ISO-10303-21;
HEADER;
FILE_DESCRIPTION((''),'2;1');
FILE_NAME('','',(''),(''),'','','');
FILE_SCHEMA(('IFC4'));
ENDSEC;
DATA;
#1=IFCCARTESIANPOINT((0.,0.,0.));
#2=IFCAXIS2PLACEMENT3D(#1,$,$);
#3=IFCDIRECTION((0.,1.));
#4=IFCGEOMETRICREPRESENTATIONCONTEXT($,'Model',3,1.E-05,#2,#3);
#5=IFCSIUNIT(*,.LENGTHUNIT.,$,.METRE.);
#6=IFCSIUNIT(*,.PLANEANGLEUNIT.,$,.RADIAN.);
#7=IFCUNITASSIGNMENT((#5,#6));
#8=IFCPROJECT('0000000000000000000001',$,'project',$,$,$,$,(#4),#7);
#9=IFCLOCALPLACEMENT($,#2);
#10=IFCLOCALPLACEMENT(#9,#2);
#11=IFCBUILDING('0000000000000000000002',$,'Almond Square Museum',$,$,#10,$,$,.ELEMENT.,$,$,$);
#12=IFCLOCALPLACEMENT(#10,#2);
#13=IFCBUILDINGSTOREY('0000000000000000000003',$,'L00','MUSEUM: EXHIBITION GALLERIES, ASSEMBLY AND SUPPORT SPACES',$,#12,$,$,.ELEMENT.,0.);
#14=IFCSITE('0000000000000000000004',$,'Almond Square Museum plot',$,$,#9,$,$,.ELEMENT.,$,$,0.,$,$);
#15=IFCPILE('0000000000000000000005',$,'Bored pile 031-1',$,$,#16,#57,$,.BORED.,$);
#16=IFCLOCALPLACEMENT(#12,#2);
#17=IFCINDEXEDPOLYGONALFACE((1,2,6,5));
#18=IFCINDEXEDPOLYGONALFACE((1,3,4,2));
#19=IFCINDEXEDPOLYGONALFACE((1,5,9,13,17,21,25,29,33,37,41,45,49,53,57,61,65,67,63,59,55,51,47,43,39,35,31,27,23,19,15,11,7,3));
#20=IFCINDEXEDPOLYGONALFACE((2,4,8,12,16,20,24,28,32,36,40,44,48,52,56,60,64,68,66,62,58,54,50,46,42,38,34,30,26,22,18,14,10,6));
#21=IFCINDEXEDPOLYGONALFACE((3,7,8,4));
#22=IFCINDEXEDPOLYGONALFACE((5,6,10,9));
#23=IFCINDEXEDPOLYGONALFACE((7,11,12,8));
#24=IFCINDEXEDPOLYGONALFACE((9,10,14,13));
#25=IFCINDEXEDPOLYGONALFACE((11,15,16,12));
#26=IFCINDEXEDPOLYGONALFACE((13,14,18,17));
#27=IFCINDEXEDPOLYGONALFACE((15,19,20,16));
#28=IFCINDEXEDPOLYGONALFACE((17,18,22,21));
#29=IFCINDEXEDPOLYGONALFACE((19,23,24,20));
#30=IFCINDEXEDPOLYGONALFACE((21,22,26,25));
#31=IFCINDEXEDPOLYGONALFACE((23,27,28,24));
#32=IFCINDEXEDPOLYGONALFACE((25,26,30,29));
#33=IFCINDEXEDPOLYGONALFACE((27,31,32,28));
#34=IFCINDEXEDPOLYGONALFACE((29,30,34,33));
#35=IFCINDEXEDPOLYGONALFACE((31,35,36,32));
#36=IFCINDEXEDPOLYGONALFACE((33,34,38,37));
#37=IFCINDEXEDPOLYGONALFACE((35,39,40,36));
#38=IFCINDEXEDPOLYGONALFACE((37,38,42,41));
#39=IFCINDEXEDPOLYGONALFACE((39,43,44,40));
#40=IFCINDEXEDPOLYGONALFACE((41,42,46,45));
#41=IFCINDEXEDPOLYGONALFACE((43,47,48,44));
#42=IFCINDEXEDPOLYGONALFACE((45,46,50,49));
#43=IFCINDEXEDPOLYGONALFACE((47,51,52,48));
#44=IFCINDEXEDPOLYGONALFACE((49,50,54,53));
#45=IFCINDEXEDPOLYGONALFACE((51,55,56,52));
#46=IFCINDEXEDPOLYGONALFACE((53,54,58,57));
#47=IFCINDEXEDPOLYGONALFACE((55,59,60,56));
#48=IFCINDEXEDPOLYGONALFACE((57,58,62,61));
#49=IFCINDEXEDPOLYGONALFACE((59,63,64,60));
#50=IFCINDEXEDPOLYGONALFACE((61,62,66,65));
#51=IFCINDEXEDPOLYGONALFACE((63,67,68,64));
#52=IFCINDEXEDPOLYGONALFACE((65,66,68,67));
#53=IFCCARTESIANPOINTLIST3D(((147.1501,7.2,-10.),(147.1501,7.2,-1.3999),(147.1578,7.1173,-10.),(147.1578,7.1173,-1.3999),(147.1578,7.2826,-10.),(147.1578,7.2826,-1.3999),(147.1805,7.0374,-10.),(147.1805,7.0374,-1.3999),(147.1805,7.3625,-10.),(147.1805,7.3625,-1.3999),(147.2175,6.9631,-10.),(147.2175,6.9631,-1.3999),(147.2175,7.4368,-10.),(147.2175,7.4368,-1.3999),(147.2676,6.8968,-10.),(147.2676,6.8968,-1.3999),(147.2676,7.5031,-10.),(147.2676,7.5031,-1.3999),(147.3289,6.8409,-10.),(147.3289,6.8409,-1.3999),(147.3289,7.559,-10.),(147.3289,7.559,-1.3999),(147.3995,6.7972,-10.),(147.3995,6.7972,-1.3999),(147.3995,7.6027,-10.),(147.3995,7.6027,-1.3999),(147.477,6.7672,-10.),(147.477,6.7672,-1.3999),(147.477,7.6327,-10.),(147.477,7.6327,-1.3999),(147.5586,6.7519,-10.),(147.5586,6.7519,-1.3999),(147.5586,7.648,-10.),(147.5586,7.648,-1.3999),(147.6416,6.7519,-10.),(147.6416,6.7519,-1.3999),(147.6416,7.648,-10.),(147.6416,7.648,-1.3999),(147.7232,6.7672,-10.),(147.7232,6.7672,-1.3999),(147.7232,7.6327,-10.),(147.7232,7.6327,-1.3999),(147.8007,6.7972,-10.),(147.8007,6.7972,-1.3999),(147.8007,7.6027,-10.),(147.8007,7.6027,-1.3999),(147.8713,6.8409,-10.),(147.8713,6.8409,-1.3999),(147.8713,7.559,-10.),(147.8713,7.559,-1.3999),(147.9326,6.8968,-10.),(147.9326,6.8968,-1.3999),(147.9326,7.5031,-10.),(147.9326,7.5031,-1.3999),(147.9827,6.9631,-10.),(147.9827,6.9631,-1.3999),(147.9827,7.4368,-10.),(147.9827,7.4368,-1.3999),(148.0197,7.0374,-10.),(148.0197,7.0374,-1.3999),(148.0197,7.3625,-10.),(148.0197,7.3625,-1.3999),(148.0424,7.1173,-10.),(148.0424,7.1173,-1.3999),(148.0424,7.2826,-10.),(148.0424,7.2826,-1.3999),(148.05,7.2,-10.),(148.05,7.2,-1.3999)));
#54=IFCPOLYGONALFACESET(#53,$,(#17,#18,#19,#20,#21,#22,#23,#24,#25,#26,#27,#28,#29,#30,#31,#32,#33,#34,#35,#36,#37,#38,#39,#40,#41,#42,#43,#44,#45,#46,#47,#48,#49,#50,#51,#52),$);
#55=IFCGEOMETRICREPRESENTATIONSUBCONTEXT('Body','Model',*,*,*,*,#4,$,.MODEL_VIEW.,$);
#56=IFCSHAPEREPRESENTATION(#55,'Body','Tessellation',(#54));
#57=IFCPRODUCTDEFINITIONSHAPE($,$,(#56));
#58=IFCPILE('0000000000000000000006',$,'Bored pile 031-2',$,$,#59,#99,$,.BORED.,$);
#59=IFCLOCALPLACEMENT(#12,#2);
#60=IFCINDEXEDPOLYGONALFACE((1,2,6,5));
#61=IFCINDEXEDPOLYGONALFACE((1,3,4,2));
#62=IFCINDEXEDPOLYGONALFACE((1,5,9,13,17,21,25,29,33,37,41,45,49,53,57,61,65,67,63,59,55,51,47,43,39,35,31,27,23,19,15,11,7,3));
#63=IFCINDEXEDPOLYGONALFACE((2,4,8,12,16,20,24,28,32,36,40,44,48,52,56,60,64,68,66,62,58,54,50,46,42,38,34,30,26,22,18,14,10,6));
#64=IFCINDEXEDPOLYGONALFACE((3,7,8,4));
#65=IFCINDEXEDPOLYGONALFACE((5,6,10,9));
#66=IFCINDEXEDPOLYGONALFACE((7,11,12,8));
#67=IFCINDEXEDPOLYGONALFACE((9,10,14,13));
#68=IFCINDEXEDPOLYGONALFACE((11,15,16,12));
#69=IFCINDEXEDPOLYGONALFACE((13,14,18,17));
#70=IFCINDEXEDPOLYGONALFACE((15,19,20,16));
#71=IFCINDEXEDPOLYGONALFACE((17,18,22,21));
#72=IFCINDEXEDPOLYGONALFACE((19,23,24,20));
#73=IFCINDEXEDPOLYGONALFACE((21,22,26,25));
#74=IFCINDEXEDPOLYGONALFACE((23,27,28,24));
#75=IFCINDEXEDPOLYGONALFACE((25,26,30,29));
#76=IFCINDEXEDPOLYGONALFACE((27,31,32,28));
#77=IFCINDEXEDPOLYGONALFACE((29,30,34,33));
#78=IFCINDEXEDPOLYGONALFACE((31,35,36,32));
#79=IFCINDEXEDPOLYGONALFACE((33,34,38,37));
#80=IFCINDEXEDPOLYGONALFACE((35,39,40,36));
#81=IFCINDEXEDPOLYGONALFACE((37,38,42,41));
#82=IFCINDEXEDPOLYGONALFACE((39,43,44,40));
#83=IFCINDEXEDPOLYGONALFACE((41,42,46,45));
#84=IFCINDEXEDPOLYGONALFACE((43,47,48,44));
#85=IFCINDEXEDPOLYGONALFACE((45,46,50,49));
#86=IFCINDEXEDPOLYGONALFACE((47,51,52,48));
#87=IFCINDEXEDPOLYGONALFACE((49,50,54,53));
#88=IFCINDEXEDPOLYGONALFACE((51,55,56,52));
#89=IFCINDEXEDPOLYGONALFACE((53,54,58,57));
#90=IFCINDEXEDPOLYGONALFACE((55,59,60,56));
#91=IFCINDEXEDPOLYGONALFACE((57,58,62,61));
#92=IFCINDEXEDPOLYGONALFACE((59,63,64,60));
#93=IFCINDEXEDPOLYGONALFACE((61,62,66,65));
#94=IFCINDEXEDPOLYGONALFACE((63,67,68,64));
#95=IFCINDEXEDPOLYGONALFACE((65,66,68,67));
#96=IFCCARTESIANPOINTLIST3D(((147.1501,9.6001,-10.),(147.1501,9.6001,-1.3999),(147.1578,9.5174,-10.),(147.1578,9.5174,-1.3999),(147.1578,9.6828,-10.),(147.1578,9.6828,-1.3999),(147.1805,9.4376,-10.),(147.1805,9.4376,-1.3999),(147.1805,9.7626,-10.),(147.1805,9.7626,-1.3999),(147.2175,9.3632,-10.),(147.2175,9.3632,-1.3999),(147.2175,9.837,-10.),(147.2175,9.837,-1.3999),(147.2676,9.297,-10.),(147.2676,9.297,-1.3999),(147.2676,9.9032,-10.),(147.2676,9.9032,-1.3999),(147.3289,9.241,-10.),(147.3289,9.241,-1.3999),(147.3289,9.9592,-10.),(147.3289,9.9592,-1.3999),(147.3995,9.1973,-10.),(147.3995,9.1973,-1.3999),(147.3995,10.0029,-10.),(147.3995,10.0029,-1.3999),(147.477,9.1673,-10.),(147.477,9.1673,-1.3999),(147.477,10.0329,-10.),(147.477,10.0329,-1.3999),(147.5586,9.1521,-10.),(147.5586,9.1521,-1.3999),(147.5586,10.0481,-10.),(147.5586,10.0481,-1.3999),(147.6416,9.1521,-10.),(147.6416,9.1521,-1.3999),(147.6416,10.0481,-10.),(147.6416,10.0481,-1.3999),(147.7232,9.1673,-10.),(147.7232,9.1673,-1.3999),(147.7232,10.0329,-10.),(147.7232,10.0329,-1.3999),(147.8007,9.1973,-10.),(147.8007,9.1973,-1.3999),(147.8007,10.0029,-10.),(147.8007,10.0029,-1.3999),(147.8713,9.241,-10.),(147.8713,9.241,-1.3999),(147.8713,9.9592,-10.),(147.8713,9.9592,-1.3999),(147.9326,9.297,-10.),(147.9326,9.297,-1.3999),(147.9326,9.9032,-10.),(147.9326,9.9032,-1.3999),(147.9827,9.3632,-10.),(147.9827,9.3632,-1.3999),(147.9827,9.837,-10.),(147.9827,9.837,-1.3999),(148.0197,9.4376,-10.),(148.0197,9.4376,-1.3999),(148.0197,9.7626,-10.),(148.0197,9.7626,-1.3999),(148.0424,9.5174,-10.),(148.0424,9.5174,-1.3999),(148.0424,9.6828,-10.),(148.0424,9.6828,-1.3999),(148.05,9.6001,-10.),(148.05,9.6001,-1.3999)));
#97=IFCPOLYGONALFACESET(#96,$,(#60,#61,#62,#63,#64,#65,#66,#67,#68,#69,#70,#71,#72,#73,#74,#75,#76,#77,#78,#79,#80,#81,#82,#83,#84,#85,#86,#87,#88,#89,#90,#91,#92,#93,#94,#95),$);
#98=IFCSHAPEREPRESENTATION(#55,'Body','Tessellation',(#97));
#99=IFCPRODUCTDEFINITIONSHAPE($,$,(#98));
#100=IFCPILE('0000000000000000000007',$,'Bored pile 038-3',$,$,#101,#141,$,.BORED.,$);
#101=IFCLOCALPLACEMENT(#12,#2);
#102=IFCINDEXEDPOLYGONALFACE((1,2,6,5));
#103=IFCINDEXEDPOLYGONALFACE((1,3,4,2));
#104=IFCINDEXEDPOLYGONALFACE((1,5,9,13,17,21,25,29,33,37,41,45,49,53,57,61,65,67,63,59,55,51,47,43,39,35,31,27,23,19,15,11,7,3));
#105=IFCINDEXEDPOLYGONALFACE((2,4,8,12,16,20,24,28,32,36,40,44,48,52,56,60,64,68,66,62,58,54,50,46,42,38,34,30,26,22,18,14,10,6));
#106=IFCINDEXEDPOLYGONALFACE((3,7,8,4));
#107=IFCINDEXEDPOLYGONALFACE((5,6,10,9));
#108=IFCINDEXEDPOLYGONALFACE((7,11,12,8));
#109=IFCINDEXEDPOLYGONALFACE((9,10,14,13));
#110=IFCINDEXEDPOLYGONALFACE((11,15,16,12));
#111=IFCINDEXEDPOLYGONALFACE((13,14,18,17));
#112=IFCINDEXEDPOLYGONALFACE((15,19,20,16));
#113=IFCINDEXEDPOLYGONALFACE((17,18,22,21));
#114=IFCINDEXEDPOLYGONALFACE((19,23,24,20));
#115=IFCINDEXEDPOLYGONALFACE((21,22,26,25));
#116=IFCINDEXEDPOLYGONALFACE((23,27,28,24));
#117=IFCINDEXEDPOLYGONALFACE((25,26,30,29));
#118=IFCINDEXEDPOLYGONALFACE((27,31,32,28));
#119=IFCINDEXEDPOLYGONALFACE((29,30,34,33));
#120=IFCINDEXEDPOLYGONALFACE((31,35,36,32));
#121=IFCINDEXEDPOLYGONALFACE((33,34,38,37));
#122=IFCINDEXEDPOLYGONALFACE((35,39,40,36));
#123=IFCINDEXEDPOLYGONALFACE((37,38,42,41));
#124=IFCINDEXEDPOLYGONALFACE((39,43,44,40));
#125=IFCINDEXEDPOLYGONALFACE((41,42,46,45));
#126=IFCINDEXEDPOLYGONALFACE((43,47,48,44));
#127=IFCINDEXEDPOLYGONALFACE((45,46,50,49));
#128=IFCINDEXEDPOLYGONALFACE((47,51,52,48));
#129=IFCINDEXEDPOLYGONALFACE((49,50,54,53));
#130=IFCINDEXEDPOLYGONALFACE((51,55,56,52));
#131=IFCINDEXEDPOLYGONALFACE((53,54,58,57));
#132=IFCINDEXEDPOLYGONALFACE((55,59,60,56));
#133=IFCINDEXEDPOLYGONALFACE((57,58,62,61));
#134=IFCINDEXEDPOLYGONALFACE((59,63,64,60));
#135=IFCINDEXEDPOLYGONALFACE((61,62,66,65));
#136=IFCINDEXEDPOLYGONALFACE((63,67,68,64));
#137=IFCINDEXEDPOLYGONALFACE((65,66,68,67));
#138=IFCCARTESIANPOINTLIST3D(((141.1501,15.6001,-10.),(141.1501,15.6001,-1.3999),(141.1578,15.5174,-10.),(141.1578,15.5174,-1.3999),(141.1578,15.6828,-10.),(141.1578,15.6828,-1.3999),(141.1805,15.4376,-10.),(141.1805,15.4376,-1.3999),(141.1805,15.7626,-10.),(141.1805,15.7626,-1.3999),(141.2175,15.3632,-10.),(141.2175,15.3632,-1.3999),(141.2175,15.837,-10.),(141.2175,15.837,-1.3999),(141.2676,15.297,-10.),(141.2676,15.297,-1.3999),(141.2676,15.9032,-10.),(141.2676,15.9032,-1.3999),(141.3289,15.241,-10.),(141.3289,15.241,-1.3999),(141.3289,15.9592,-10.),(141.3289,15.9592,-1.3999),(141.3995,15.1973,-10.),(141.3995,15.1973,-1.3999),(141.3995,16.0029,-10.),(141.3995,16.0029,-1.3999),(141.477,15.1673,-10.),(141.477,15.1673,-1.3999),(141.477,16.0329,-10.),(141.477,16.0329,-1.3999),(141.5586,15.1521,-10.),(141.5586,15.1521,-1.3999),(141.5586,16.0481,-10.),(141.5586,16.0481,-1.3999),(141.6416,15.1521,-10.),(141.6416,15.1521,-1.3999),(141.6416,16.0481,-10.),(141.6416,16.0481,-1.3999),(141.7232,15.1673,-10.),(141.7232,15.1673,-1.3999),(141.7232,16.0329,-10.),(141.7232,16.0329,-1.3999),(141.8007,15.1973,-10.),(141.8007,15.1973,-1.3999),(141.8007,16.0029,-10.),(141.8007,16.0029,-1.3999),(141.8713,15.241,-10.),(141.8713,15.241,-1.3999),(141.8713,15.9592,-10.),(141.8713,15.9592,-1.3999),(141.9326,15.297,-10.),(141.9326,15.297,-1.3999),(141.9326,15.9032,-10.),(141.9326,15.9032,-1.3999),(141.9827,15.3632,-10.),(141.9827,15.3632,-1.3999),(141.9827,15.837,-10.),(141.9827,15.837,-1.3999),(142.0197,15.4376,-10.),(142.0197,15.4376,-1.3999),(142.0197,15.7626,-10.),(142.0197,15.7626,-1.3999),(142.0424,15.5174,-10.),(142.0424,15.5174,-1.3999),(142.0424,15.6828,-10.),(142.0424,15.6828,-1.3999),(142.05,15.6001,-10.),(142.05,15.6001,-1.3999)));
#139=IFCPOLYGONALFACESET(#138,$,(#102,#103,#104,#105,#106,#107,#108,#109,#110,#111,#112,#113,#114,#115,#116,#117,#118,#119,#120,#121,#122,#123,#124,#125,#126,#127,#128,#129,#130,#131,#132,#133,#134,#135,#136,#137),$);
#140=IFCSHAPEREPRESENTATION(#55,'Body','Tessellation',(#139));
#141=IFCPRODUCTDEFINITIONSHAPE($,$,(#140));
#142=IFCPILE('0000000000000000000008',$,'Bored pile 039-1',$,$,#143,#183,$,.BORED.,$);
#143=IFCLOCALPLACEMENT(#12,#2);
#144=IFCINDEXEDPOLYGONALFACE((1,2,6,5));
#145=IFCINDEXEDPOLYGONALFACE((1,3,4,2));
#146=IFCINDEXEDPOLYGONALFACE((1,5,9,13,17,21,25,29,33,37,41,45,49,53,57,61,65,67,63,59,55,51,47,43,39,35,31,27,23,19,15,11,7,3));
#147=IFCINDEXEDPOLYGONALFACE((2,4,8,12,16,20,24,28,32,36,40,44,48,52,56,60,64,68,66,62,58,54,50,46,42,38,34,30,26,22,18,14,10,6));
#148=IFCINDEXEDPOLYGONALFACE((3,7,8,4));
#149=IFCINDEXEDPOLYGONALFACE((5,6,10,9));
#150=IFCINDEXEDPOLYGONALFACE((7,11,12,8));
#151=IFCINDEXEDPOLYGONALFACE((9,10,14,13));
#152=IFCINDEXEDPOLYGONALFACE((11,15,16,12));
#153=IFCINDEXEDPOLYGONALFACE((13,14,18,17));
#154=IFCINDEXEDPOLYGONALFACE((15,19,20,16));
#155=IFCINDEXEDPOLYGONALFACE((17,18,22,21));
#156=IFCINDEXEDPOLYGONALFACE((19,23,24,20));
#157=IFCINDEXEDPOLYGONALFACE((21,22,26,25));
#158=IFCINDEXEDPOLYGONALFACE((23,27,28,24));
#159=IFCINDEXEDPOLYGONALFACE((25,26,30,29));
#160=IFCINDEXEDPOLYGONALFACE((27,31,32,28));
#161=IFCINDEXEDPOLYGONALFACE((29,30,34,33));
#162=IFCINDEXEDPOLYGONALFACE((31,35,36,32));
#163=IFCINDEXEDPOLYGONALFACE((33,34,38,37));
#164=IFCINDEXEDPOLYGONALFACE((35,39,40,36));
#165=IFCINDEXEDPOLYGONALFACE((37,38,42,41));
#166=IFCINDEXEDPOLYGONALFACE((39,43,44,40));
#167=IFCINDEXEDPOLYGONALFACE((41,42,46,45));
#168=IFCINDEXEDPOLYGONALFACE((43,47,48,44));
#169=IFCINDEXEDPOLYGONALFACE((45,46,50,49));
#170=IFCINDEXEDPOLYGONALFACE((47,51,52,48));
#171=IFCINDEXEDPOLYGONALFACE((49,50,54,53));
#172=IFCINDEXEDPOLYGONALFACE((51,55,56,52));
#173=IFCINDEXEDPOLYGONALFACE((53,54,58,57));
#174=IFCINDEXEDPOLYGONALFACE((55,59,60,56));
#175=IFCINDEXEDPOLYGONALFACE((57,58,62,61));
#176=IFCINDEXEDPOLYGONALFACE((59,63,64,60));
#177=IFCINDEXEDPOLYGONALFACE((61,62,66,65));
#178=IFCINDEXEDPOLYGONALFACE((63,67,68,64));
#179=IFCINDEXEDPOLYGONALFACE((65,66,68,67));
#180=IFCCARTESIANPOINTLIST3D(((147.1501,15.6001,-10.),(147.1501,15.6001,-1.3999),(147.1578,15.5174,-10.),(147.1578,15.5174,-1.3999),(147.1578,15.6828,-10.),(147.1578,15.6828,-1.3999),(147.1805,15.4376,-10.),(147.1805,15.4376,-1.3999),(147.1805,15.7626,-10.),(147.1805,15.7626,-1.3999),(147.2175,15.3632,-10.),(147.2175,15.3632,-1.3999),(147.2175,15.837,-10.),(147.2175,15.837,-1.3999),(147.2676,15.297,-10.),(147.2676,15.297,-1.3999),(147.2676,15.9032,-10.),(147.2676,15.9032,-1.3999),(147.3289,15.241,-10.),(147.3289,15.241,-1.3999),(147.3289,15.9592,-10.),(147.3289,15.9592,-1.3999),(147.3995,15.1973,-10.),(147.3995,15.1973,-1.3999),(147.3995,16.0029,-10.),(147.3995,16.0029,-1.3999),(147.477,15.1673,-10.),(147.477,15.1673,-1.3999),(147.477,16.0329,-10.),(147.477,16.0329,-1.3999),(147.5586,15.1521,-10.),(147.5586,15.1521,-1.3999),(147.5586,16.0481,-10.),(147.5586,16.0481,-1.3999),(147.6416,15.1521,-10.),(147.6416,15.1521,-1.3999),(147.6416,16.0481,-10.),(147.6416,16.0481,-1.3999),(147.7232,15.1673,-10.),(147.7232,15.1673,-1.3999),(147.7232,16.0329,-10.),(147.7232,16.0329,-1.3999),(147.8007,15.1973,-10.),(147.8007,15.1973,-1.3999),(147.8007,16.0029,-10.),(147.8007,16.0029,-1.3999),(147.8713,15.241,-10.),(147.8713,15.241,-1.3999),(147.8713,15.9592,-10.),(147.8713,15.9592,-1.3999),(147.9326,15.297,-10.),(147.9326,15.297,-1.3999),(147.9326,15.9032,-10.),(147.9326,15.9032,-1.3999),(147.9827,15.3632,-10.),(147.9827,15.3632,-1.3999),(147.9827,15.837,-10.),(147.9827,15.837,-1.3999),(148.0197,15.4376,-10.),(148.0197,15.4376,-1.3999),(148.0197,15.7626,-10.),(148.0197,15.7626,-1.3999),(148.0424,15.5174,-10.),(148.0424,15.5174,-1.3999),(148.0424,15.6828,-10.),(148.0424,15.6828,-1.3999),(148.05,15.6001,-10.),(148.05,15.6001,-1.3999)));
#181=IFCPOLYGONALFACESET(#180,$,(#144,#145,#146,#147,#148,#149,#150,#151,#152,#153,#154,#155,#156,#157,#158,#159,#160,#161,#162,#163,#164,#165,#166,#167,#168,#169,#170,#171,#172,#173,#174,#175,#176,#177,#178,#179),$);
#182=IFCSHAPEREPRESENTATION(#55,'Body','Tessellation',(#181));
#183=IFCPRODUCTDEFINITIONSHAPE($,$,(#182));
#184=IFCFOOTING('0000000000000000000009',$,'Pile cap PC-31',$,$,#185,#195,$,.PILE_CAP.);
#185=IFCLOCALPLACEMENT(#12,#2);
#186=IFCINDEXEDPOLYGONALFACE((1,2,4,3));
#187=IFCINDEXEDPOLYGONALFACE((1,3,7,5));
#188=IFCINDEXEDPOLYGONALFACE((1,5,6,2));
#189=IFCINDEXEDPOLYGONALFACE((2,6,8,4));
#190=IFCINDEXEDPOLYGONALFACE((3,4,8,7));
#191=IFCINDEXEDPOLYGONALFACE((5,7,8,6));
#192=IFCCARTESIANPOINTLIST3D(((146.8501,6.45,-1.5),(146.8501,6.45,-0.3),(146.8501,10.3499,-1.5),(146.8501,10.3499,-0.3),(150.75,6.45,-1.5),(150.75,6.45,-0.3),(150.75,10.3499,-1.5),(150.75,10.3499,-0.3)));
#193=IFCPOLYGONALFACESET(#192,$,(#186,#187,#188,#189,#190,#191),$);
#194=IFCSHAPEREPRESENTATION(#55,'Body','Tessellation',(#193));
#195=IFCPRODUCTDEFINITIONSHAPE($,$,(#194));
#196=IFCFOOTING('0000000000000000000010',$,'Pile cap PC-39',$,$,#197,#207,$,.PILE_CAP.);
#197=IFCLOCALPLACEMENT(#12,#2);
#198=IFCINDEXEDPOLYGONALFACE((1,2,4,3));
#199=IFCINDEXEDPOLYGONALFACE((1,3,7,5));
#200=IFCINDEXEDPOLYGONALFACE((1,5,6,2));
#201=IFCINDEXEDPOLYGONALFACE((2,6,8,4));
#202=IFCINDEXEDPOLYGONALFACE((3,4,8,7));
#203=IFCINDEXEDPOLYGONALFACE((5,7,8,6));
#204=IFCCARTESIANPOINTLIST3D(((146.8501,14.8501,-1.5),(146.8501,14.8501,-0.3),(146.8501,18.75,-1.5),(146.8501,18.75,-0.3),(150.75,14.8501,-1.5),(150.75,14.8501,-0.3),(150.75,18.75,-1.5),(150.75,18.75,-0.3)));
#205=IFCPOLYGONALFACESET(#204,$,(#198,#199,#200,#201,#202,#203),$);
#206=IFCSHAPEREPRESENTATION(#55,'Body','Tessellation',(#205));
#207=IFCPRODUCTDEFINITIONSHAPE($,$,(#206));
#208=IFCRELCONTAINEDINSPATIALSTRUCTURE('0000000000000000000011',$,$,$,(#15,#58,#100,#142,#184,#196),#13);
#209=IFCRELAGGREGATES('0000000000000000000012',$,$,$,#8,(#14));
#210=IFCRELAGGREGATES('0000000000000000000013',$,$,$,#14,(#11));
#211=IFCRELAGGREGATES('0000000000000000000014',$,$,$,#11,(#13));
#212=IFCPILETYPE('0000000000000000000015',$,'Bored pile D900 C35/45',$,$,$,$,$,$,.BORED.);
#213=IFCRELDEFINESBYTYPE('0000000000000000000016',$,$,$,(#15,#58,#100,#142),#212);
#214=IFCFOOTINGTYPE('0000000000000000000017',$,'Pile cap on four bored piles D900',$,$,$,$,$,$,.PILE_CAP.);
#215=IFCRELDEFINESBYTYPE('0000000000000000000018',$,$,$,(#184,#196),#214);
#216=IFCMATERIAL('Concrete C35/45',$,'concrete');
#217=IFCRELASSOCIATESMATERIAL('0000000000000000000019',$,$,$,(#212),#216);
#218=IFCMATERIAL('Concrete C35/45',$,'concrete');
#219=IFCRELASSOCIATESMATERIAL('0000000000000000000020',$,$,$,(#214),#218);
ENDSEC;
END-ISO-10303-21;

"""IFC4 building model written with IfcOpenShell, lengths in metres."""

from ifc_helpers import new_model, si_unit, direction, frame, origin, origin_2d, place, context, subcontext, project, spatial, rectangle, circle, extrude, material, material_profile, profile_set, type_object, element, save


model = new_model("IFC4")

# Units and contexts
model_context = context("Model", 3, precision=1e-05, world=origin(), true_north=direction((0.0, 1.0)))
body_context = subcontext(model_context, "Body", "Model", "MODEL_VIEW")
ifc_project = project(units=[si_unit("LENGTHUNIT", "METRE"), si_unit("PLANEANGLEUNIT", "RADIAN")], contexts=[model_context])

# Site, building, storey
site_placement = place(None, origin())
site = spatial("IfcSite", under=ifc_project, at=site_placement, Name="Almond Square Museum plot", CompositionType="ELEMENT", RefElevation=0.0)
building_placement = place(site_placement, origin())
building = spatial("IfcBuilding", under=site, at=building_placement, Name="Almond Square Museum", CompositionType="ELEMENT")
storey_placement = place(building_placement, origin())
storey = spatial("IfcBuildingStorey", under=building, at=storey_placement, Name="L00", Description="MUSEUM: EXHIBITION GALLERIES, ASSEMBLY AND SUPPORT SPACES", CompositionType="ELEMENT", Elevation=0.0)

# Piles
ifc_material_1 = material(Name="Concrete C35/45", Category="concrete")
ifc_material_profile_1 = material_profile(ifc_material_1, circle(Radius=0.45, at=origin_2d()))
ifc_profile_set_1 = profile_set([ifc_material_profile_1], Name="Concrete C35/45")
pile_type = type_object("IfcPileType", Name="Bored pile D900 C35/45", PredefinedType="BORED", material=ifc_profile_set_1)
for number, where, z_axis, x_axis, name in (
    (1, (147.6001, 7.2, -1.3999), (0.0, 0.0, -1.0), (1.0, 0.0, 0.0), "Bored pile 031-1"),
    (2, (147.6001, 9.6001, -1.3999), (0.0, 0.0, -1.0), (1.0, 0.0, 0.0), "Bored pile 031-2"),
    (3, (141.6001, 15.6001, -1.3999), (0.0, 0.0, -1.0), (1.0, 0.0, 0.0), "Bored pile 038-3"),
    (4, (147.6001, 15.6001, -1.3999), (0.0, 0.0, -1.0), (1.0, 0.0, 0.0), "Bored pile 039-1"),
):
    element("IfcPile", number, at=place(storey_placement, frame(where, z_axis=z_axis, x_axis=x_axis)), inside=storey, type_object=pile_type, Name=name, PredefinedType="BORED", context=body_context, shape_type="SweptSolid", body=[
        extrude(circle(Radius=0.45, at=origin_2d()), origin(), (0.0, 0.0, 1.0), 8.6001),
    ])

# Footings
ifc_material_2 = material(Name="Concrete C35/45", Category="concrete")
footing_type_1 = type_object("IfcFootingType", Name="Pile cap on four bored piles D900", PredefinedType="PILE_CAP", material=ifc_material_2)
for number, where, z_axis, x_axis, name in (
    (5, (148.8, 8.3999, -1.5), (0.0, 0.0, 1.0), (1.0, 0.0, 0.0), "Pile cap PC-31"),
    (6, (148.8, 16.8, -1.5), (0.0, 0.0, 1.0), (1.0, 0.0, 0.0), "Pile cap PC-39"),
):
    element("IfcFooting", number, at=place(storey_placement, frame(where, z_axis=z_axis, x_axis=x_axis)), inside=storey, type_object=footing_type_1, Name=name, PredefinedType="PILE_CAP", context=body_context, shape_type="SweptSolid", body=[
        extrude(rectangle(XDim=3.8999, YDim=3.8999, at=origin_2d()), origin(), (0.0, 0.0, 1.0), 1.2),
    ])

save(model, "model.ifc")
